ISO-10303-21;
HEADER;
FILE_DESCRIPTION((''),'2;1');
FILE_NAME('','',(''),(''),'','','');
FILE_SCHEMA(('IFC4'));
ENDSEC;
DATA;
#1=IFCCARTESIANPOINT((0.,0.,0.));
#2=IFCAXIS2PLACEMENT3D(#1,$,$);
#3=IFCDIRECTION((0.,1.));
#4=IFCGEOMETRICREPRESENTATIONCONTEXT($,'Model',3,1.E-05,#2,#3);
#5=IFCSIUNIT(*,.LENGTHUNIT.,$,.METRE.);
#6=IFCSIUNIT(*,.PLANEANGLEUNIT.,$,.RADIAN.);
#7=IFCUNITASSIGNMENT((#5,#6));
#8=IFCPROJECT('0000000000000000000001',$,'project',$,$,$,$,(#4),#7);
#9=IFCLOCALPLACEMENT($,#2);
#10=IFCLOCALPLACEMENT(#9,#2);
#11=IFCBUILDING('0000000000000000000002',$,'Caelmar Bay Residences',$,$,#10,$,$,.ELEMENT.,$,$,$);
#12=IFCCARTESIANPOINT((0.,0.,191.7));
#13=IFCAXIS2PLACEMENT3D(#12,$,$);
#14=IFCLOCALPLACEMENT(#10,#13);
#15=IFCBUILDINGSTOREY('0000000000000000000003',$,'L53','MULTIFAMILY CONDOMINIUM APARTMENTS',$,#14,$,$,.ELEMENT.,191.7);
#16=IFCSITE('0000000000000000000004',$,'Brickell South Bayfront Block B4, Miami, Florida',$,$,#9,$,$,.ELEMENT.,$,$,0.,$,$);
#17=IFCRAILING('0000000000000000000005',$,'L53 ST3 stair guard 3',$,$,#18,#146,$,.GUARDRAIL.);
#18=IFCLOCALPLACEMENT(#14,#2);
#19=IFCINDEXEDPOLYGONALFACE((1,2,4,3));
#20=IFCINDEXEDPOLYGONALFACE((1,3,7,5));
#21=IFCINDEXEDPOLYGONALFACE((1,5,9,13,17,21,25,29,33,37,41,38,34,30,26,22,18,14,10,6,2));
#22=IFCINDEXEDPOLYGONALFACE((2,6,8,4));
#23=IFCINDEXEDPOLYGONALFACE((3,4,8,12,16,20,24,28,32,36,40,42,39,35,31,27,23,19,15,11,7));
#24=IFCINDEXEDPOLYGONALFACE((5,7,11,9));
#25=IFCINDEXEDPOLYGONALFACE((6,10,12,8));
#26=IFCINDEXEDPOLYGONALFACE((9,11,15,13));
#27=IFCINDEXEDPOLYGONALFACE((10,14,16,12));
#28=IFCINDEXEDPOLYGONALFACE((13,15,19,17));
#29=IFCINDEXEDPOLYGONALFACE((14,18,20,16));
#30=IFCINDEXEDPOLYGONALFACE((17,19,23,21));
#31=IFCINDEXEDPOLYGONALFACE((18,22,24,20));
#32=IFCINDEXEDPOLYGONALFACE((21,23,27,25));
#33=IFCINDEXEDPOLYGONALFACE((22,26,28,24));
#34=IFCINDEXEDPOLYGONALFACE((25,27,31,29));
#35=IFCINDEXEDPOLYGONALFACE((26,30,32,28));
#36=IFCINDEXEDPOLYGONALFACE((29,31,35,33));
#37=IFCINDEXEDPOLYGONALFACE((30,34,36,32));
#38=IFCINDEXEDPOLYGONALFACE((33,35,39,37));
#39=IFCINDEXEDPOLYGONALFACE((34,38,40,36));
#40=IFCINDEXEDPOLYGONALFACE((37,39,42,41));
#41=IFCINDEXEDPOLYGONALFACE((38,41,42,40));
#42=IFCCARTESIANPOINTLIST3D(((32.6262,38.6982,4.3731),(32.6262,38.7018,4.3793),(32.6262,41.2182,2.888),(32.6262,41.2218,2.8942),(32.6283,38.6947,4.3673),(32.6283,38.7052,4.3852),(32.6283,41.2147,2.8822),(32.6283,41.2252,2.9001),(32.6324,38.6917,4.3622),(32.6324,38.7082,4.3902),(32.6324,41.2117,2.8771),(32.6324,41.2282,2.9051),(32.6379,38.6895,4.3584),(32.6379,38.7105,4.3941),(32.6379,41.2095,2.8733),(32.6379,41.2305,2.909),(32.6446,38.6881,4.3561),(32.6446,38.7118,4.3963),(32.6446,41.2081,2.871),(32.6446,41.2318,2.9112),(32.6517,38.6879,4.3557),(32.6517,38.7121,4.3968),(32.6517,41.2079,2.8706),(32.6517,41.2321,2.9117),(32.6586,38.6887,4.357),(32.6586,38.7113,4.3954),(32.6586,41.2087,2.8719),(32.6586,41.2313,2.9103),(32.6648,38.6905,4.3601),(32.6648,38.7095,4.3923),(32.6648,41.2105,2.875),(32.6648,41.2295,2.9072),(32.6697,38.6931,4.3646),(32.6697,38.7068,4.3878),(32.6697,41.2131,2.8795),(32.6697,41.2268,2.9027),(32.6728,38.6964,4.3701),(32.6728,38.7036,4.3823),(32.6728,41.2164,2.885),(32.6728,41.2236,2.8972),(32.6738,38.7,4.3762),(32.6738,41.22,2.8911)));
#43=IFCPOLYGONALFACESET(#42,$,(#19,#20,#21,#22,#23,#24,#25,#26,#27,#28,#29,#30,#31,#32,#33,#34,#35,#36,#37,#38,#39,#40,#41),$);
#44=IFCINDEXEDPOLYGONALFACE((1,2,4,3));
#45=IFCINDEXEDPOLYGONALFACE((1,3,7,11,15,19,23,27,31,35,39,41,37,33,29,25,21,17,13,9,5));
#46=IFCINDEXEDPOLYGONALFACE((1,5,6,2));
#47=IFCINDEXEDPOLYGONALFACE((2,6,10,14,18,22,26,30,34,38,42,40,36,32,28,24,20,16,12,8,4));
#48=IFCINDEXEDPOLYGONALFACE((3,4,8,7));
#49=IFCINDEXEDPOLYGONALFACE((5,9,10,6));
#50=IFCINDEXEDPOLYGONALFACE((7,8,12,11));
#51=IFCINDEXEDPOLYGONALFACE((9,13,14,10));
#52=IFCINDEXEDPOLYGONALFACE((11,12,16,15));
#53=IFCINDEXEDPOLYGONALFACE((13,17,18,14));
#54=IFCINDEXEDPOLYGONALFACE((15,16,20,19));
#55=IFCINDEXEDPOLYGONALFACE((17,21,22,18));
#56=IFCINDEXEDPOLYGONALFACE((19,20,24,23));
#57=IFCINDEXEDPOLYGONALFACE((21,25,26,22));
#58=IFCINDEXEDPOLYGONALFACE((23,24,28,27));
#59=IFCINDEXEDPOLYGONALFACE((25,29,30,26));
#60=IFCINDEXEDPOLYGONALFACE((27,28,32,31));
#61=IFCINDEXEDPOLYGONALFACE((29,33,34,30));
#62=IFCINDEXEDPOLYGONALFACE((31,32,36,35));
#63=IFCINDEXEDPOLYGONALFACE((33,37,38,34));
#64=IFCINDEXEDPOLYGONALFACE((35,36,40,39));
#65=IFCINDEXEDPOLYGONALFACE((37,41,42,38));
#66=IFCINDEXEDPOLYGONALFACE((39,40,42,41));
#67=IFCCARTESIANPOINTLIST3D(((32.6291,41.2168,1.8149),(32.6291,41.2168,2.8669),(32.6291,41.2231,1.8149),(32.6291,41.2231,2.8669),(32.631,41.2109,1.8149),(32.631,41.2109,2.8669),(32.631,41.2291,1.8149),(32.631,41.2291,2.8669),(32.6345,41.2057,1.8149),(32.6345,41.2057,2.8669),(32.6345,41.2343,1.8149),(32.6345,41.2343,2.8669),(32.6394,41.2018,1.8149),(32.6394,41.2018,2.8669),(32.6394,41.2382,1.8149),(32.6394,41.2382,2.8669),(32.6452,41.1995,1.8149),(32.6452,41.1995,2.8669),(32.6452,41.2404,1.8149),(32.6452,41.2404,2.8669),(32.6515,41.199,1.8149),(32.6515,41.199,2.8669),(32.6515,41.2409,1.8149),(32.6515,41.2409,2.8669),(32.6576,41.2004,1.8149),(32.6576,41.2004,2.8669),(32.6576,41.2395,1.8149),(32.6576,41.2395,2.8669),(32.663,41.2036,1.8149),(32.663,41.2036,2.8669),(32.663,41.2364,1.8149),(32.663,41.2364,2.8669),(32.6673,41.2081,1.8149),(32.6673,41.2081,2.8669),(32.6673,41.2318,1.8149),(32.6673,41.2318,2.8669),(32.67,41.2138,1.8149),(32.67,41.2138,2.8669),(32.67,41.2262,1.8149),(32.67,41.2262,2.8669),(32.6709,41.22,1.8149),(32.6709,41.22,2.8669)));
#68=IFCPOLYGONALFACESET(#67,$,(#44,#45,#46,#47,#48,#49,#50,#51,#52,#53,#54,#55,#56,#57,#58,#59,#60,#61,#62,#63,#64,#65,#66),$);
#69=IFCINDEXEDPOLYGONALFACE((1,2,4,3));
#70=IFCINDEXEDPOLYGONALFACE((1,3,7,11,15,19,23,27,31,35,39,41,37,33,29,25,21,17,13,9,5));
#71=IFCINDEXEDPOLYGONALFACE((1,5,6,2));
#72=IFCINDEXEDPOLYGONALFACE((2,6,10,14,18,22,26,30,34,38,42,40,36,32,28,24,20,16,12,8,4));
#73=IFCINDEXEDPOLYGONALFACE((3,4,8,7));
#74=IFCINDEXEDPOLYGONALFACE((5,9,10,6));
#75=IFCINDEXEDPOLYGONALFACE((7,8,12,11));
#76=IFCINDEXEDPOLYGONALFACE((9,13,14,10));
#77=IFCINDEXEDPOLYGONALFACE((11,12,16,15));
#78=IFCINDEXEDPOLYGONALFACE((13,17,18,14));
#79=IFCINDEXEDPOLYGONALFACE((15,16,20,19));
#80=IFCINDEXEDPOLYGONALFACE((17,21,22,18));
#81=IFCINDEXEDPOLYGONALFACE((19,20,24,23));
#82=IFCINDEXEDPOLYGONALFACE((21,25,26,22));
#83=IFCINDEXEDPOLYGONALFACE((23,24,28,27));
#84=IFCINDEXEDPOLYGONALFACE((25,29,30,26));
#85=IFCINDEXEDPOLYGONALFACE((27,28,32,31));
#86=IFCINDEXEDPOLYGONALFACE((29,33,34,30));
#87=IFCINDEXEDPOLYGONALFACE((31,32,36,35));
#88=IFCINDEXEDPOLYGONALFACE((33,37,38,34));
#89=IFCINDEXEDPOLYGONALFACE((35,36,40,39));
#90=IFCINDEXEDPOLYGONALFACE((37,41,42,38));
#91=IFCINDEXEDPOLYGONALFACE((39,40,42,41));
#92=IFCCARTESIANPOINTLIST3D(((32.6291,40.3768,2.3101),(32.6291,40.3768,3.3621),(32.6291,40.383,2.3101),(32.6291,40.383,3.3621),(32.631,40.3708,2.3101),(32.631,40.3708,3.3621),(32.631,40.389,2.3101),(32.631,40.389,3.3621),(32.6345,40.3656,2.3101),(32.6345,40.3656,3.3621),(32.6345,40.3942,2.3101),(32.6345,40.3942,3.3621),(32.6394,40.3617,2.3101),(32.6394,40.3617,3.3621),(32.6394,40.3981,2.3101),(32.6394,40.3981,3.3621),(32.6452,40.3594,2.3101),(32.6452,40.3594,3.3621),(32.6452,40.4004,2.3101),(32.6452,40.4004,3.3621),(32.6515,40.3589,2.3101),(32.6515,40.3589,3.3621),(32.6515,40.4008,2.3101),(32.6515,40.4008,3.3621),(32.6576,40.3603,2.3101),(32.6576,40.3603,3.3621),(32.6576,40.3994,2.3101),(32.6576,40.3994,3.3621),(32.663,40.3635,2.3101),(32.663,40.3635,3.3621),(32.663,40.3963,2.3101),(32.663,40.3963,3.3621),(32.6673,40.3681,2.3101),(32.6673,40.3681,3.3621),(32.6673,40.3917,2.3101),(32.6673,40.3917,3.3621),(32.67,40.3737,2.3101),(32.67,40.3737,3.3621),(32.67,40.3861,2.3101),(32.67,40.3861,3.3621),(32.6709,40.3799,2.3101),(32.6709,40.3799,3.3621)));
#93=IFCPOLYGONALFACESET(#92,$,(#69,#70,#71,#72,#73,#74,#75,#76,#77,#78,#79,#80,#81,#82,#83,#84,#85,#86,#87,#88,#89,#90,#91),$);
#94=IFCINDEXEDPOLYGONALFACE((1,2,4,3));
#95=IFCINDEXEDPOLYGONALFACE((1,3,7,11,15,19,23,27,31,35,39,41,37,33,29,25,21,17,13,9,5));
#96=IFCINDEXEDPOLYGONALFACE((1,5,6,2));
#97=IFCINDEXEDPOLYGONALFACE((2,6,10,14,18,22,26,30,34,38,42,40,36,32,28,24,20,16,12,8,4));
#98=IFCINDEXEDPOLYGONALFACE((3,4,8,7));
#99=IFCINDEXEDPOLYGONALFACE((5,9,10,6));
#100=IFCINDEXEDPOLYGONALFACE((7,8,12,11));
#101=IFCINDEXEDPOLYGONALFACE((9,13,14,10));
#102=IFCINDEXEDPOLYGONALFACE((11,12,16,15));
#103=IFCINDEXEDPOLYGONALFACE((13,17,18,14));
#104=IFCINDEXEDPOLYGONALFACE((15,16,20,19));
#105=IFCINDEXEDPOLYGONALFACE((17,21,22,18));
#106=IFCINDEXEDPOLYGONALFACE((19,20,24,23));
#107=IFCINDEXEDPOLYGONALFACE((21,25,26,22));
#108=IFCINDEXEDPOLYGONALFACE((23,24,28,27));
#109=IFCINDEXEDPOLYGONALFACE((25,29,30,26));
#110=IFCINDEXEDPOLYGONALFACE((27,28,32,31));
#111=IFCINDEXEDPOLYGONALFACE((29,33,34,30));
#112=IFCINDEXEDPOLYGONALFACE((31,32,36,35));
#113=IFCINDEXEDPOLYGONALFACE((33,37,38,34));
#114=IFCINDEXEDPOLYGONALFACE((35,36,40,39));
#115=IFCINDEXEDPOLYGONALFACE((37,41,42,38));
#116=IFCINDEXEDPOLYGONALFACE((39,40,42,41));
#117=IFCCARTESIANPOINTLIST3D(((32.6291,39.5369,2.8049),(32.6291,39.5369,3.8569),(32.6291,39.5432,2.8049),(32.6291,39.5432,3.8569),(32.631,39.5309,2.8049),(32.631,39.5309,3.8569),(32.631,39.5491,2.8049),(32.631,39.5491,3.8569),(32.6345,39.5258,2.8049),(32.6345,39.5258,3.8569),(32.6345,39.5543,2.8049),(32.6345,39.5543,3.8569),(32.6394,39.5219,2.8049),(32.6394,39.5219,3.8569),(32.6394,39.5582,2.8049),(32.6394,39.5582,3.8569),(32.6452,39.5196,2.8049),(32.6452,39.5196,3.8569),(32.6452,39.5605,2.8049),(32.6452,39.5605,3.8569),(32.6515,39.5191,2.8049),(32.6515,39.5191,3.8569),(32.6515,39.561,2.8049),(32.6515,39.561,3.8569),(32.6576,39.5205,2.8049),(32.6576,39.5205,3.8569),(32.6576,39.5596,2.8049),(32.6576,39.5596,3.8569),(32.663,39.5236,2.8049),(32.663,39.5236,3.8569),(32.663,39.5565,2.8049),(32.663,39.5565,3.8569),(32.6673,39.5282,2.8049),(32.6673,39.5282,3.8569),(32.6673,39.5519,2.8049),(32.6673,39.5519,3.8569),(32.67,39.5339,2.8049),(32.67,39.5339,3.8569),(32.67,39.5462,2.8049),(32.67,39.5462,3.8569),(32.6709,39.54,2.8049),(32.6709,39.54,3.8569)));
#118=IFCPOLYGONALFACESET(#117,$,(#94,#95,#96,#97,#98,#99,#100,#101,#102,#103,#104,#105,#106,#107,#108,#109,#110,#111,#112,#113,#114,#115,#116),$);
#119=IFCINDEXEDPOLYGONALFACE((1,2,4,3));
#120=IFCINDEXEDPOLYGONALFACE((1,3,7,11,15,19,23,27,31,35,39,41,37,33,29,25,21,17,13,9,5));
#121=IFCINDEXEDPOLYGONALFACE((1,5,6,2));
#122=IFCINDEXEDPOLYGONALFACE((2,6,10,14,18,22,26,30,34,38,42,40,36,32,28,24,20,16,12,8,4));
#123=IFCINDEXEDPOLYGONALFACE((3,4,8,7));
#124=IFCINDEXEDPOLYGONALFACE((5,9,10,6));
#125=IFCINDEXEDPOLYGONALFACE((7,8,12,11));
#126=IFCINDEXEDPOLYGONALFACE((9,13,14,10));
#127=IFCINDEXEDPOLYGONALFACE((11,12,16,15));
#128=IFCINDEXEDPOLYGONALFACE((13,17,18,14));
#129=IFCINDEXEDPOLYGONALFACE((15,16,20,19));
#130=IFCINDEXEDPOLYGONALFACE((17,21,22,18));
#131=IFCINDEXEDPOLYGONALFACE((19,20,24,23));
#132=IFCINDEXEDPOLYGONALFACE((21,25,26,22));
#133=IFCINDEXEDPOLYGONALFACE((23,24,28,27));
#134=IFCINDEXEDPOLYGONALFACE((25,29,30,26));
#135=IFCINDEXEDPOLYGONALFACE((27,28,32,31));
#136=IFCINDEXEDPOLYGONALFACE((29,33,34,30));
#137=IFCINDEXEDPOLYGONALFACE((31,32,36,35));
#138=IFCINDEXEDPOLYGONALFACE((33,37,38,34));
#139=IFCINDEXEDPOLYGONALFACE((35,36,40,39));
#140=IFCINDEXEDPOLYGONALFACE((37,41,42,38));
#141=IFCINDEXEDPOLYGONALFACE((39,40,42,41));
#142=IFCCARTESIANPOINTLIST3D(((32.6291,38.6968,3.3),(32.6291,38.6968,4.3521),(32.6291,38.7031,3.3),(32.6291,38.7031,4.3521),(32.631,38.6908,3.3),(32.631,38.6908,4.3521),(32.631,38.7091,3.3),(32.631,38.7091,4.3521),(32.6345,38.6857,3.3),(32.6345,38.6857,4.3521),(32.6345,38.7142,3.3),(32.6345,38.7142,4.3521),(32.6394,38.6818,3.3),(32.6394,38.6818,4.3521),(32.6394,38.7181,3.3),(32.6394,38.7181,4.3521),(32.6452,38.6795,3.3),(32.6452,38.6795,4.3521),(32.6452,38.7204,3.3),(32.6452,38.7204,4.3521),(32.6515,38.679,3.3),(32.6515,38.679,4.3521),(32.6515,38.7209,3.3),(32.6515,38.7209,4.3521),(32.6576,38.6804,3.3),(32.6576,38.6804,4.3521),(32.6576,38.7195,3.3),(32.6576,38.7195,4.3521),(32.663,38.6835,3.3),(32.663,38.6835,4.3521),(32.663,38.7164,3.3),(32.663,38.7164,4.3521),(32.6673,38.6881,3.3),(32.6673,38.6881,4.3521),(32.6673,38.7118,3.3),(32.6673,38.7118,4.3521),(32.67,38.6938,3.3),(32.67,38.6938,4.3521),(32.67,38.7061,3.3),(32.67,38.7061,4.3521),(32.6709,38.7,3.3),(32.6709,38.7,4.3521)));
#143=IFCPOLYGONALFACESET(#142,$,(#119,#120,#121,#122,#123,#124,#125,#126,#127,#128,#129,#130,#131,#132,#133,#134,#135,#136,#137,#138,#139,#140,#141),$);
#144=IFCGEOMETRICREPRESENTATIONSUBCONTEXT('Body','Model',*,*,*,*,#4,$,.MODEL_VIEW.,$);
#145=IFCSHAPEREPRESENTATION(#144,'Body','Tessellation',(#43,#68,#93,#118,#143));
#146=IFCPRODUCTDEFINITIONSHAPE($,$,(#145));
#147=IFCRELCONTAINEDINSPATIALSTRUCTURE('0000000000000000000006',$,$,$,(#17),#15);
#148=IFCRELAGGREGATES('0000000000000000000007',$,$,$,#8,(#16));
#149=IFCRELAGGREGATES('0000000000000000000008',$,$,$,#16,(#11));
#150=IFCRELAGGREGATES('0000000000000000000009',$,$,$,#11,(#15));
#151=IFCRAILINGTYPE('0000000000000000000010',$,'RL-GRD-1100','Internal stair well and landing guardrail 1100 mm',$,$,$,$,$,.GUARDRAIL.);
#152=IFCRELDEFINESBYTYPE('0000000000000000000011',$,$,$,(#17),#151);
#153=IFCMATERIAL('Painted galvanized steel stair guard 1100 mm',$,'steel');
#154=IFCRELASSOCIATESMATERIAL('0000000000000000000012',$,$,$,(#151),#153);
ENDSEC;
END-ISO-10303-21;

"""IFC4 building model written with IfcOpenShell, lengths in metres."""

from ifc_helpers import new_model, si_unit, direction, frame, origin, origin_2d, place, context, subcontext, project, spatial, circle, extrude, material, type_object, element, save


model = new_model("IFC4")

# Units and contexts
model_context = context("Model", 3, precision=1e-05, world=origin(), true_north=direction((0.0, 1.0)))
body_context = subcontext(model_context, "Body", "Model", "MODEL_VIEW")
ifc_project = project(units=[si_unit("LENGTHUNIT", "METRE"), si_unit("PLANEANGLEUNIT", "RADIAN")], contexts=[model_context])

# Site, building, storey
site_placement = place(None, origin())
site = spatial("IfcSite", under=ifc_project, at=site_placement, Name="Brickell South Bayfront Block B4, Miami, Florida", CompositionType="ELEMENT", RefElevation=0.0)
building_placement = place(site_placement, origin())
building = spatial("IfcBuilding", under=site, at=building_placement, Name="Caelmar Bay Residences", CompositionType="ELEMENT")
storey_placement = place(building_placement, frame((0.0, 0.0, 191.7)))
storey = spatial("IfcBuildingStorey", under=building, at=storey_placement, Name="L53", Description="MULTIFAMILY CONDOMINIUM APARTMENTS", CompositionType="ELEMENT", Elevation=191.7)

# Railing
ifc_material_1 = material(Name="Painted galvanized steel stair guard 1100 mm", Category="steel")
railing_type_1 = type_object("IfcRailingType", Name="RL-GRD-1100", Description="Internal stair well and landing guardrail 1100 mm", PredefinedType="GUARDRAIL", material=ifc_material_1)
railing_1_placement = place(storey_placement, frame((32.6499, 41.22, 1.8149)))
element("IfcRailing", 1, at=railing_1_placement, inside=storey, type_object=railing_type_1, Name="L53 ST3 stair guard 3", PredefinedType="GUARDRAIL", context=body_context, shape_type="SweptSolid", body=[
    extrude(circle(Radius=0.0239, at=origin_2d()), frame((0.0, 0.0, 1.0762), z_axis=(0.0, -0.861524, 0.507717), x_axis=(1.0, 0.0, 0.0)), (0.0, 0.0, 1.0), 2.925),
    extrude(circle(Radius=0.021, at=origin_2d()), origin(), (0.0, 0.0, 1.0), 1.052),
    extrude(circle(Radius=0.021, at=origin_2d()), frame((0.0, -0.8401, 0.4951)), (0.0, 0.0, 1.0), 1.052),
    extrude(circle(Radius=0.021, at=origin_2d()), frame((0.0, -1.6799, 0.99)), (0.0, 0.0, 1.0), 1.052),
    extrude(circle(Radius=0.021, at=origin_2d()), frame((0.0, -2.52, 1.4851)), (0.0, 0.0, 1.0), 1.052),
])

save(model, "model.ifc")
